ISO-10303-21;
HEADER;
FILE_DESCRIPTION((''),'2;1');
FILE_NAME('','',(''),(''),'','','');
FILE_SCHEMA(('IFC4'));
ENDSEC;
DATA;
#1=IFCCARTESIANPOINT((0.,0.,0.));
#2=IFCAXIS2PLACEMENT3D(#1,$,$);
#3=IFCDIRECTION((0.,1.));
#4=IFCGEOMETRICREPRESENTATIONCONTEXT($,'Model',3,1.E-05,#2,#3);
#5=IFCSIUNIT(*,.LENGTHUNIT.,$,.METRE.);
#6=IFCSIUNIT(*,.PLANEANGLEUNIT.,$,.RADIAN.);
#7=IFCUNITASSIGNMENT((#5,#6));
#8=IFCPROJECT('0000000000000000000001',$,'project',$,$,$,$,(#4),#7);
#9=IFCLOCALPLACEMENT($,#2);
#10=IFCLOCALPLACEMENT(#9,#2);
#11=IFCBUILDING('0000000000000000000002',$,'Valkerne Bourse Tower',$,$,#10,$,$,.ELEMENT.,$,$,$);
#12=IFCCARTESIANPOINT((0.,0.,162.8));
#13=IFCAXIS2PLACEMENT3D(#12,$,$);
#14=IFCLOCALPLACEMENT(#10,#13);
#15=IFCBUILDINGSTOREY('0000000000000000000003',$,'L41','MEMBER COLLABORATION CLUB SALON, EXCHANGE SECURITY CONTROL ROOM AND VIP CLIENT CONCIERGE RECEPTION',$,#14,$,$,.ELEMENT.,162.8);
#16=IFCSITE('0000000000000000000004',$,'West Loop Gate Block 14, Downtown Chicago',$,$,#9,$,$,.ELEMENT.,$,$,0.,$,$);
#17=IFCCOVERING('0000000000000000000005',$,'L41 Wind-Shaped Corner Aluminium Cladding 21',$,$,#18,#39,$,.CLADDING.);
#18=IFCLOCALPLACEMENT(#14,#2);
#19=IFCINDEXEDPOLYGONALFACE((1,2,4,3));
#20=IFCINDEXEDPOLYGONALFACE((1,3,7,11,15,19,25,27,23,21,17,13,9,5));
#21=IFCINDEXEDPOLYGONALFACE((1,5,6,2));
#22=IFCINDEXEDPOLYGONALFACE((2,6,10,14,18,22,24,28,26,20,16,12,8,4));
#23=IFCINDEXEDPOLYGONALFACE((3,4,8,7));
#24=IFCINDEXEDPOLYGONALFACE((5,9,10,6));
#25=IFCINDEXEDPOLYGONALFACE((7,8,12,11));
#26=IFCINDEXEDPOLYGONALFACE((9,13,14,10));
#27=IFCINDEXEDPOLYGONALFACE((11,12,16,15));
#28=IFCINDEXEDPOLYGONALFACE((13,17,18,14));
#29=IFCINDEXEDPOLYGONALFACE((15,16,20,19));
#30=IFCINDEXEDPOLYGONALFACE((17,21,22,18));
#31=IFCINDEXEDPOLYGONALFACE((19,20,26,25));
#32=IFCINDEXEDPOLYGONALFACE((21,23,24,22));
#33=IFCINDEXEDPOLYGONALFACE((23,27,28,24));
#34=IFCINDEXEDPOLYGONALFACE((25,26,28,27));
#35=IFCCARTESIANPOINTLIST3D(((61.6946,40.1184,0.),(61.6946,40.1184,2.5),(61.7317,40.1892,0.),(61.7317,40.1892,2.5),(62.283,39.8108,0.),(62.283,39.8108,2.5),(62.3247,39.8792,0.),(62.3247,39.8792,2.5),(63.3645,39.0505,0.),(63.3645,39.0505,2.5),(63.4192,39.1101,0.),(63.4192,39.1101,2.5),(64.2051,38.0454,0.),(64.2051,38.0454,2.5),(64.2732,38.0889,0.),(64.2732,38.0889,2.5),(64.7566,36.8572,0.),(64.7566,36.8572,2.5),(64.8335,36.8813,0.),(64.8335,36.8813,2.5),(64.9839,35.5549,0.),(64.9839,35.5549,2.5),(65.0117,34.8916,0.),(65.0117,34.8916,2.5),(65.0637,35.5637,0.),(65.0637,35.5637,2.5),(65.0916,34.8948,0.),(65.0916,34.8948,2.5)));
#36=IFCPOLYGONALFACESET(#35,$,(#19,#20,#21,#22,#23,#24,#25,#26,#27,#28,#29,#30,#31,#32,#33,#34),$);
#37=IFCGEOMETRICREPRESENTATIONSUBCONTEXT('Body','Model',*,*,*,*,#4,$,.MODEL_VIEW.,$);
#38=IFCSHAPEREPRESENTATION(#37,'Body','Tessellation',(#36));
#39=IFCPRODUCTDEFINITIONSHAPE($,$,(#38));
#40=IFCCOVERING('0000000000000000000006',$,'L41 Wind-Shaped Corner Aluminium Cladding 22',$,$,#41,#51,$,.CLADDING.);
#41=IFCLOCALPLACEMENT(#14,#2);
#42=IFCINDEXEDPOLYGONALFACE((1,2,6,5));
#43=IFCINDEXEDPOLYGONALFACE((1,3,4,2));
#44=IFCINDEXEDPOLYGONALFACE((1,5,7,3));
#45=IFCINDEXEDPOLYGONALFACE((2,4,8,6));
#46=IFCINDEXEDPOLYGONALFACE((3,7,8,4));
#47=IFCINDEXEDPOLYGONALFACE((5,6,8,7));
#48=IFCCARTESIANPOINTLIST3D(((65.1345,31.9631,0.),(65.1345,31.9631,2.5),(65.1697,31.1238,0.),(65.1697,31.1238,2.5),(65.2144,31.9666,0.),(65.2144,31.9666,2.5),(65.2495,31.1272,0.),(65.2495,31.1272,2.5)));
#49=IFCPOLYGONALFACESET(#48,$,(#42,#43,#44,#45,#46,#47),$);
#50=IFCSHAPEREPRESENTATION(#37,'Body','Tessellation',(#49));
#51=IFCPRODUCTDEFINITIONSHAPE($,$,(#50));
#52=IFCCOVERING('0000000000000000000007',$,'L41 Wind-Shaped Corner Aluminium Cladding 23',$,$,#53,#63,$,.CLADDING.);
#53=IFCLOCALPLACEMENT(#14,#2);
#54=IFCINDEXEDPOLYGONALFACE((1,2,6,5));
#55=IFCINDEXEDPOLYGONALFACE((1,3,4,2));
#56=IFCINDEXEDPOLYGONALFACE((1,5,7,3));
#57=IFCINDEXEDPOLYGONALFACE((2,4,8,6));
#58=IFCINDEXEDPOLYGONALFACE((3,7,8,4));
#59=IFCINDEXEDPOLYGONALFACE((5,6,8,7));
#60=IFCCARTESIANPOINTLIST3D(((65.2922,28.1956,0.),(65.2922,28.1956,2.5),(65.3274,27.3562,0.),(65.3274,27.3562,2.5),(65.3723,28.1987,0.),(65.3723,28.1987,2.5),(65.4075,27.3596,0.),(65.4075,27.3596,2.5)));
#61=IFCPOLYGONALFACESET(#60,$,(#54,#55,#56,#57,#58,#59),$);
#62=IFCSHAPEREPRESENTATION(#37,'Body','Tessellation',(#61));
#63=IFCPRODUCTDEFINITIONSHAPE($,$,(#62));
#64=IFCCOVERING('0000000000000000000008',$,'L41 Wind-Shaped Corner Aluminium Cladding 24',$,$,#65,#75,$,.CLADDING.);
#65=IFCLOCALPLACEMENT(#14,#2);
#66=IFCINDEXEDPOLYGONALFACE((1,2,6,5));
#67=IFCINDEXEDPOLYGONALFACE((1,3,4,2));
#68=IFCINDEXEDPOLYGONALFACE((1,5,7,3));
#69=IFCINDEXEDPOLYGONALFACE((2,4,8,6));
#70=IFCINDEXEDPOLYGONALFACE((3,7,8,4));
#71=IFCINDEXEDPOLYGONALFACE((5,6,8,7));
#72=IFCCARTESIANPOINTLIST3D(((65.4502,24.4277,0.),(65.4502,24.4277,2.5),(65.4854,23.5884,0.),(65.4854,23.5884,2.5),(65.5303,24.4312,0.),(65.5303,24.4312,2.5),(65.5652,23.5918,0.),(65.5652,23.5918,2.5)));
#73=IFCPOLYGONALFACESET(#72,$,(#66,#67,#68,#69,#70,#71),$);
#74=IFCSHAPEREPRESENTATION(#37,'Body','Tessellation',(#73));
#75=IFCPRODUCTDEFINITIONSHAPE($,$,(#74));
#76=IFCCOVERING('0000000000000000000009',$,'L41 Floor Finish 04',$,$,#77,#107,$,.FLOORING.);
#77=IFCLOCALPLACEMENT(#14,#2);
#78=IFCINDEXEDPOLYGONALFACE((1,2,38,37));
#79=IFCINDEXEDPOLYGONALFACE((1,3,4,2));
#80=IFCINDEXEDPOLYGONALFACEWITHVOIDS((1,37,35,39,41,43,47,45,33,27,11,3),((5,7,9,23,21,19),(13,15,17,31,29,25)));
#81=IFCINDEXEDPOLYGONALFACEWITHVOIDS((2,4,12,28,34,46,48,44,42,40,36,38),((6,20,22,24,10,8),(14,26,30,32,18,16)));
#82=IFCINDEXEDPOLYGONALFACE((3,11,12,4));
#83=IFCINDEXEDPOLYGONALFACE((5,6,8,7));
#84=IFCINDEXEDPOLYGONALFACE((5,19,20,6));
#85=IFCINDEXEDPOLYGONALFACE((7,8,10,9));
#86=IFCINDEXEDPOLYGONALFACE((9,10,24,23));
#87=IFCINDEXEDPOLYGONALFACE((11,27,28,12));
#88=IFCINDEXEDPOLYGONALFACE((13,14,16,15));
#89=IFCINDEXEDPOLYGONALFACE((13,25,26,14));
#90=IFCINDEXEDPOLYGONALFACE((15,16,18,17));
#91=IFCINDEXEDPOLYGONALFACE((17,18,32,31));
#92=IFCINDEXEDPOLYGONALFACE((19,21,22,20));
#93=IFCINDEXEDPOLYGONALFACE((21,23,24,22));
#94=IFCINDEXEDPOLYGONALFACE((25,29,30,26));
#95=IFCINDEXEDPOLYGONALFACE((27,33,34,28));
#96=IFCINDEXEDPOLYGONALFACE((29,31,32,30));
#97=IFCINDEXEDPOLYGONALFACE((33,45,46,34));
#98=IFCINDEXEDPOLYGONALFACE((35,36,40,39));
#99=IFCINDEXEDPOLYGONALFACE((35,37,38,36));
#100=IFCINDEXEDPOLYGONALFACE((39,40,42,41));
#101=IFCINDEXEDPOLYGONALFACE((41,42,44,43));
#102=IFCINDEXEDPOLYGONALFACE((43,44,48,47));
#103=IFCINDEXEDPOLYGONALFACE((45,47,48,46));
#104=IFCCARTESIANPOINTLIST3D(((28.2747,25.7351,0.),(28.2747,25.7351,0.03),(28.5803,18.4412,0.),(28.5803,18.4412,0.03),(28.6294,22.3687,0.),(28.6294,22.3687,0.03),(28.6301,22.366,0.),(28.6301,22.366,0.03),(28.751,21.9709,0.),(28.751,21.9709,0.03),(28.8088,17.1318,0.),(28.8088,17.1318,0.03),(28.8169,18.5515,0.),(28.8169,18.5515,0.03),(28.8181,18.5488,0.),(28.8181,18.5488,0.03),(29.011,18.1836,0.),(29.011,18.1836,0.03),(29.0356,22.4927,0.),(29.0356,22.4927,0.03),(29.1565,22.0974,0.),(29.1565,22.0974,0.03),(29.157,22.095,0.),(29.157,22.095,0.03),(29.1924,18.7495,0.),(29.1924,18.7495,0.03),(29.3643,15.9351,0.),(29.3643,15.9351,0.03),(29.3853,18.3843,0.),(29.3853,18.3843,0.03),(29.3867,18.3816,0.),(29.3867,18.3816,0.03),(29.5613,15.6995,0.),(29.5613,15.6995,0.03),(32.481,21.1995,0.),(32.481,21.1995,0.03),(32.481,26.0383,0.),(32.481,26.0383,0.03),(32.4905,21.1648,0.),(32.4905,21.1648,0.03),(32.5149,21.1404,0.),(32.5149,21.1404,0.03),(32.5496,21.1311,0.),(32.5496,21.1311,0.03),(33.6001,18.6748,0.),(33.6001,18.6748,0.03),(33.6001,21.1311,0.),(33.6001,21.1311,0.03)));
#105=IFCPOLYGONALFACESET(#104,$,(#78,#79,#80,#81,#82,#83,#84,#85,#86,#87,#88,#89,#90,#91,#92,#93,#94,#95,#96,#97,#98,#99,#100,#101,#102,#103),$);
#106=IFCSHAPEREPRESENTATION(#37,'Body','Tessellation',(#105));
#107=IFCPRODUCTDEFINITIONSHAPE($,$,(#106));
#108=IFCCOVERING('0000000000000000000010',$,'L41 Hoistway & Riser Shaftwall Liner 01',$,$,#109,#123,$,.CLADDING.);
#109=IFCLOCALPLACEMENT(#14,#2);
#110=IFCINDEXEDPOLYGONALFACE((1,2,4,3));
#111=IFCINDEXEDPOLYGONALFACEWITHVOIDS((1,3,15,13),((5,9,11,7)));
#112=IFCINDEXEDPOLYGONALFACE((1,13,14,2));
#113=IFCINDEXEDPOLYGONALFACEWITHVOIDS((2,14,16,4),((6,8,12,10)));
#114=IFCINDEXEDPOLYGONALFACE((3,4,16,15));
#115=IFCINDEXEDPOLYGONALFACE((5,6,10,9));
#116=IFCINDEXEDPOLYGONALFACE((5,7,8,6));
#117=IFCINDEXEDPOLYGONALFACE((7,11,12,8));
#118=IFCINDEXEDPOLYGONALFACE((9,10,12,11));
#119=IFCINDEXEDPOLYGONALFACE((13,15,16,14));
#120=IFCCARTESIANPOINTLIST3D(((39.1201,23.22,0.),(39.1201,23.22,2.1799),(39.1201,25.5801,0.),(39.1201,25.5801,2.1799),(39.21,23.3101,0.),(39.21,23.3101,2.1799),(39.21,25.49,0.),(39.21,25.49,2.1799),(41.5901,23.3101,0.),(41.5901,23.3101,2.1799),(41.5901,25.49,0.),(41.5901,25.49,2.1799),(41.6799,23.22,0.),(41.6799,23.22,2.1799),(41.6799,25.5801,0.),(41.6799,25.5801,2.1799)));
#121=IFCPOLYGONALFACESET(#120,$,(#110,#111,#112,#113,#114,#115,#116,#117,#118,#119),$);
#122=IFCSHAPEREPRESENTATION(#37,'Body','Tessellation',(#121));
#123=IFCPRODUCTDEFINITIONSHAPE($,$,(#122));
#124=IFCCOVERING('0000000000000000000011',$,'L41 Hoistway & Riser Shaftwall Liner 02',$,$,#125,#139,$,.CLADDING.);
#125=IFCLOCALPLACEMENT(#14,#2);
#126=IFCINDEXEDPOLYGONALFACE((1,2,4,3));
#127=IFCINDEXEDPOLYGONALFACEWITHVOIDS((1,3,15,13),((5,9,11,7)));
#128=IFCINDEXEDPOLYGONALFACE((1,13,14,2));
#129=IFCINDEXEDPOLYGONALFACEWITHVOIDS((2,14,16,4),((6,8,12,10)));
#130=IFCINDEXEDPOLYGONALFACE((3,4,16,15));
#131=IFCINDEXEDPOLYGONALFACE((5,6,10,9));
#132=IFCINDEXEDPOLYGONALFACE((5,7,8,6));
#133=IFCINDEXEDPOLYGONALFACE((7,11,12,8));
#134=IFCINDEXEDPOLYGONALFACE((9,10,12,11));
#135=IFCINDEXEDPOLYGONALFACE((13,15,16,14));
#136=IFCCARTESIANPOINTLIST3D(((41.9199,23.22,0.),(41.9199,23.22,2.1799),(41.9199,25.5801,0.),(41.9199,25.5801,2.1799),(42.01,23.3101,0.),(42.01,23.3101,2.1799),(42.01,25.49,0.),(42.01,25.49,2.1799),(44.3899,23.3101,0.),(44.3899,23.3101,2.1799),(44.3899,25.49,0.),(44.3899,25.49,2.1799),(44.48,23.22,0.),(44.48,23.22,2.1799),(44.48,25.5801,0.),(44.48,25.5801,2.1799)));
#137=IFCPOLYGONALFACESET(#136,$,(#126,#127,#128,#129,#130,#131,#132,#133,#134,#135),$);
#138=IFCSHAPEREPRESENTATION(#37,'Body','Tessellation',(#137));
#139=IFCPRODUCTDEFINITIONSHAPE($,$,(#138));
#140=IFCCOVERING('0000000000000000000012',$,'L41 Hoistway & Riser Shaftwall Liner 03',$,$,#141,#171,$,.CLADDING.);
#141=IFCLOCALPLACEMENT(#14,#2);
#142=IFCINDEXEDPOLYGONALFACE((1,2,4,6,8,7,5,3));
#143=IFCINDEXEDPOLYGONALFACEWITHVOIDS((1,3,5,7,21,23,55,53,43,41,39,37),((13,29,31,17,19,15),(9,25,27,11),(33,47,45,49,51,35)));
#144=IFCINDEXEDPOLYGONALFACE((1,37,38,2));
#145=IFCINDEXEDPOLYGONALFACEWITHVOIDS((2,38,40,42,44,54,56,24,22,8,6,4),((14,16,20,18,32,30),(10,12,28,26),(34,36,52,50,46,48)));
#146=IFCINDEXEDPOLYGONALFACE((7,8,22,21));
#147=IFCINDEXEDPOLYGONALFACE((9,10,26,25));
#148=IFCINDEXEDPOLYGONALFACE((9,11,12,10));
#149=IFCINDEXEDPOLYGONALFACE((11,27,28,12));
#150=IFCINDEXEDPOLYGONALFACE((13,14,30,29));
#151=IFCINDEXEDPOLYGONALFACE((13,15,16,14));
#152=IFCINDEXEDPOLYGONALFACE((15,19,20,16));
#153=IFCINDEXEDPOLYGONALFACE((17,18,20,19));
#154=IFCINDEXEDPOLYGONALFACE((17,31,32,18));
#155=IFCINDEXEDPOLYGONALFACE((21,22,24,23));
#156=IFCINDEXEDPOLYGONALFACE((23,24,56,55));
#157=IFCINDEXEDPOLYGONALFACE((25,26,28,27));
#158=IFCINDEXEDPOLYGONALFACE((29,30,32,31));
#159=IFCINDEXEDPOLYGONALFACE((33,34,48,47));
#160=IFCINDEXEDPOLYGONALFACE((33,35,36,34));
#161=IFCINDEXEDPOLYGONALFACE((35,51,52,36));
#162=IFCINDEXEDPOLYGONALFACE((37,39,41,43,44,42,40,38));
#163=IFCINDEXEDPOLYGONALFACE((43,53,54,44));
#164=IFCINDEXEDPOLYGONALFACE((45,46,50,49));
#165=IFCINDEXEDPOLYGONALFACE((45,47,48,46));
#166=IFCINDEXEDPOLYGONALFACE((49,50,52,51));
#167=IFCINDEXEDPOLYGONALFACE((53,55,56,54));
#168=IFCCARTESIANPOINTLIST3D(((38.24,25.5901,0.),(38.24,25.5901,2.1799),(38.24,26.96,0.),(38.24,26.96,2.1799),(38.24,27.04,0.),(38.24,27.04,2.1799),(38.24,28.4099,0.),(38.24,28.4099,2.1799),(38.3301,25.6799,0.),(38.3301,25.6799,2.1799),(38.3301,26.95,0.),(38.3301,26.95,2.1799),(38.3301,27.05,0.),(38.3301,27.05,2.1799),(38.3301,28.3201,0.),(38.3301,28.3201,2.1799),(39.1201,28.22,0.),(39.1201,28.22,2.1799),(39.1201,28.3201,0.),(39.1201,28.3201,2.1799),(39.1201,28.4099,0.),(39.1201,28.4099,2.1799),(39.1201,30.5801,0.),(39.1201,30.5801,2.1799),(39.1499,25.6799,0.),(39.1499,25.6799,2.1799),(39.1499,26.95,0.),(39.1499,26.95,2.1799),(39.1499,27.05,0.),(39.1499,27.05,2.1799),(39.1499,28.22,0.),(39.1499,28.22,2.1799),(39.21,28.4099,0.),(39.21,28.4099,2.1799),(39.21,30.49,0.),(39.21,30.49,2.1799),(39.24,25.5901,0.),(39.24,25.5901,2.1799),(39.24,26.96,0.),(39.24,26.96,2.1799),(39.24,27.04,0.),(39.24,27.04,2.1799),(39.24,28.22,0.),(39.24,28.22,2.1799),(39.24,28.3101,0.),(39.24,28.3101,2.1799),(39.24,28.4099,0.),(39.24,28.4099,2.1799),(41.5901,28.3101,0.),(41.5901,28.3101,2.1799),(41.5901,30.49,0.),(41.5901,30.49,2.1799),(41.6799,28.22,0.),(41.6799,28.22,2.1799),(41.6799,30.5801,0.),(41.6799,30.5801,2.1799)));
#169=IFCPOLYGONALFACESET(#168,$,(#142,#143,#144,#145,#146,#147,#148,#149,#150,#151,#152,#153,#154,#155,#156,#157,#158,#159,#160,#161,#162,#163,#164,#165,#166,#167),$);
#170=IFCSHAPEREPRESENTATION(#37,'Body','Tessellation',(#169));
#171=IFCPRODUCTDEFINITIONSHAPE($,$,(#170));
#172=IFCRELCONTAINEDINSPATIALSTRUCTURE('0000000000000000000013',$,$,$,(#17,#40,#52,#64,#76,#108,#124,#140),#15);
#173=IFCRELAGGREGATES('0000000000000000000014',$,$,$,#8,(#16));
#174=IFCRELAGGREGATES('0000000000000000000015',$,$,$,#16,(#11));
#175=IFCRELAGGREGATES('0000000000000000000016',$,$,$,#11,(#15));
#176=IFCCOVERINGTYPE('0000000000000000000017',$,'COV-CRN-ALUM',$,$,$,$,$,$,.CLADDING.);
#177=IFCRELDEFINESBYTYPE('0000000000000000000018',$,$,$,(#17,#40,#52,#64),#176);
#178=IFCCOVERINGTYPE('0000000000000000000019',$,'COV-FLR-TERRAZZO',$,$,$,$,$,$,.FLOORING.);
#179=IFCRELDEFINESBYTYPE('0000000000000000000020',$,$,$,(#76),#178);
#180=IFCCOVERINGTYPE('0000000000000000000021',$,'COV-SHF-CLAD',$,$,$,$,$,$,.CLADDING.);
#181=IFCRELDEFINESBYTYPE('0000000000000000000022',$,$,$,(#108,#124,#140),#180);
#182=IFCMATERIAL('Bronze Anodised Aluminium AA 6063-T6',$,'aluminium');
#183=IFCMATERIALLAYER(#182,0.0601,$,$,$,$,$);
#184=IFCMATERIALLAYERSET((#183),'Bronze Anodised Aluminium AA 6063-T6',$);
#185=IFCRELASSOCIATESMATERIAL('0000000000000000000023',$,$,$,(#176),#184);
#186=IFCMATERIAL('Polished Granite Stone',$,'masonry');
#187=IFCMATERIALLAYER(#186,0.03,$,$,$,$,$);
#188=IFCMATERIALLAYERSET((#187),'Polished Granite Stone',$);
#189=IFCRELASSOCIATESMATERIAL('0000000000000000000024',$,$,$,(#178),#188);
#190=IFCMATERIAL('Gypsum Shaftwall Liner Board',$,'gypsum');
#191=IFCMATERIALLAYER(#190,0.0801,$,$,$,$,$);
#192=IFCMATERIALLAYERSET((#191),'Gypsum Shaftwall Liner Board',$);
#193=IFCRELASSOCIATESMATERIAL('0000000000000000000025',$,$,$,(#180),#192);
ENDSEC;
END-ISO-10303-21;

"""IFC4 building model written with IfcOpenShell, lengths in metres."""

from ifc_helpers import new_model, si_unit, direction, frame, origin, place, context, subcontext, project, spatial, polyline, outline, extrude, material, layer, layer_set, type_object, element, save


model = new_model("IFC4")

# Units and contexts
model_context = context("Model", 3, precision=1e-05, world=origin(), true_north=direction((0.0, 1.0)))
body_context = subcontext(model_context, "Body", "Model", "MODEL_VIEW")
ifc_project = project(units=[si_unit("LENGTHUNIT", "METRE"), si_unit("PLANEANGLEUNIT", "RADIAN")], contexts=[model_context])

# Site, building, storey
site_placement = place(None, origin())
site = spatial("IfcSite", under=ifc_project, at=site_placement, Name="West Loop Gate Block 14, Downtown Chicago", CompositionType="ELEMENT", RefElevation=0.0)
building_placement = place(site_placement, origin())
building = spatial("IfcBuilding", under=site, at=building_placement, Name="Valkerne Bourse Tower", CompositionType="ELEMENT")
storey_placement = place(building_placement, frame((0.0, 0.0, 162.8)))
storey = spatial("IfcBuildingStorey", under=building, at=storey_placement, Name="L41", Description="MEMBER COLLABORATION CLUB SALON, EXCHANGE SECURITY CONTROL ROOM AND VIP CLIENT CONCIERGE RECEPTION", CompositionType="ELEMENT", Elevation=162.8)

# Coverings
ifc_material_1 = material(Name="Bronze Anodised Aluminium AA 6063-T6", Category="aluminium")
ifc_layer_1 = layer(ifc_material_1, 0.0601)
ifc_layer_set_1 = layer_set([ifc_layer_1], Name="Bronze Anodised Aluminium AA 6063-T6")
covering_type_1 = type_object("IfcCoveringType", Name="COV-CRN-ALUM", PredefinedType="CLADDING", material=ifc_layer_set_1)
covering_1_placement = place(storey_placement, origin())
element("IfcCovering", 1, at=covering_1_placement, inside=storey, type_object=covering_type_1, Name="L41 Wind-Shaped Corner Aluminium Cladding 21", PredefinedType="CLADDING", context=body_context, shape_type="SweptSolid", body=[
    extrude(outline(polyline([(62.3247, 39.8792), (63.4192, 39.1101), (64.2732, 38.0889), (64.8335, 36.8813), (65.0637, 35.5637), (65.0916, 34.8948), (65.0117, 34.8916), (64.9839, 35.5549), (64.7566, 36.8572), (64.2051, 38.0454), (63.3645, 39.0505), (62.283, 39.8108), (61.6946, 40.1184), (61.7317, 40.1892), (62.3247, 39.8792)])), origin(), (0.0, 0.0, 1.0), 2.5),
])
covering_2_placement = place(storey_placement, origin())
element("IfcCovering", 2, at=covering_2_placement, inside=storey, type_object=covering_type_1, Name="L41 Wind-Shaped Corner Aluminium Cladding 22", PredefinedType="CLADDING", context=body_context, shape_type="SweptSolid", body=[
    extrude(outline(polyline([(65.2495, 31.1272), (65.1697, 31.1238), (65.1345, 31.9631), (65.2144, 31.9666), (65.2495, 31.1272)])), origin(), (0.0, 0.0, 1.0), 2.5),
])
covering_3_placement = place(storey_placement, origin())
element("IfcCovering", 3, at=covering_3_placement, inside=storey, type_object=covering_type_1, Name="L41 Wind-Shaped Corner Aluminium Cladding 23", PredefinedType="CLADDING", context=body_context, shape_type="SweptSolid", body=[
    extrude(outline(polyline([(65.4075, 27.3596), (65.3274, 27.3562), (65.2922, 28.1956), (65.3723, 28.1987), (65.4075, 27.3596)])), origin(), (0.0, 0.0, 1.0), 2.5),
])
covering_4_placement = place(storey_placement, origin())
element("IfcCovering", 4, at=covering_4_placement, inside=storey, type_object=covering_type_1, Name="L41 Wind-Shaped Corner Aluminium Cladding 24", PredefinedType="CLADDING", context=body_context, shape_type="SweptSolid", body=[
    extrude(outline(polyline([(65.5652, 23.5918), (65.4854, 23.5884), (65.4502, 24.4277), (65.5303, 24.4312), (65.5652, 23.5918)])), origin(), (0.0, 0.0, 1.0), 2.5),
])
ifc_material_2 = material(Name="Polished Granite Stone", Category="masonry")
ifc_layer_2 = layer(ifc_material_2, 0.03)
ifc_layer_set_2 = layer_set([ifc_layer_2], Name="Polished Granite Stone")
covering_type_2 = type_object("IfcCoveringType", Name="COV-FLR-TERRAZZO", PredefinedType="FLOORING", material=ifc_layer_set_2)
covering_5_placement = place(storey_placement, origin())
element("IfcCovering", 5, at=covering_5_placement, inside=storey, type_object=covering_type_2, Name="L41 Floor Finish 04", PredefinedType="FLOORING", context=body_context, shape_type="SweptSolid", body=[
    extrude(outline(polyline([(28.5803, 18.4412), (28.2747, 25.7351), (32.481, 26.0383), (32.481, 21.1995), (32.4905, 21.1648), (32.5149, 21.1404), (32.5496, 21.1311), (33.6001, 21.1311), (33.6001, 18.6748), (29.5613, 15.6995), (29.3643, 15.9351), (28.8088, 17.1318), (28.5803, 18.4412)]), holes=[polyline([(29.3867, 18.3816), (29.3853, 18.3843), (29.1924, 18.7495), (28.8169, 18.5515), (28.8181, 18.5488), (29.011, 18.1836), (29.3867, 18.3816)]), polyline([(29.1565, 22.0974), (29.0356, 22.4927), (28.6294, 22.3687), (28.6301, 22.366), (28.751, 21.9709), (29.157, 22.095), (29.1565, 22.0974)])]), origin(), (0.0, 0.0, 1.0), 0.03),
])
ifc_material_3 = material(Name="Gypsum Shaftwall Liner Board", Category="gypsum")
ifc_layer_3 = layer(ifc_material_3, 0.0801)
ifc_layer_set_3 = layer_set([ifc_layer_3], Name="Gypsum Shaftwall Liner Board")
covering_type_3 = type_object("IfcCoveringType", Name="COV-SHF-CLAD", PredefinedType="CLADDING", material=ifc_layer_set_3)
covering_6_placement = place(storey_placement, origin())
element("IfcCovering", 6, at=covering_6_placement, inside=storey, type_object=covering_type_3, Name="L41 Hoistway & Riser Shaftwall Liner 01", PredefinedType="CLADDING", context=body_context, shape_type="SweptSolid", body=[
    extrude(outline(polyline([(41.6799, 25.5801), (41.6799, 23.22), (39.1201, 23.22), (39.1201, 25.5801), (41.6799, 25.5801)]), holes=[polyline([(41.5901, 25.49), (39.21, 25.49), (39.21, 23.3101), (41.5901, 23.3101), (41.5901, 25.49)])]), origin(), (0.0, 0.0, 1.0), 2.1799),
])
covering_7_placement = place(storey_placement, origin())
element("IfcCovering", 7, at=covering_7_placement, inside=storey, type_object=covering_type_3, Name="L41 Hoistway & Riser Shaftwall Liner 02", PredefinedType="CLADDING", context=body_context, shape_type="SweptSolid", body=[
    extrude(outline(polyline([(44.48, 23.22), (41.9199, 23.22), (41.9199, 25.5801), (44.48, 25.5801), (44.48, 23.22)]), holes=[polyline([(42.01, 25.49), (42.01, 23.3101), (44.3899, 23.3101), (44.3899, 25.49), (42.01, 25.49)])]), origin(), (0.0, 0.0, 1.0), 2.1799),
])
covering_8_placement = place(storey_placement, origin())
element("IfcCovering", 8, at=covering_8_placement, inside=storey, type_object=covering_type_3, Name="L41 Hoistway & Riser Shaftwall Liner 03", PredefinedType="CLADDING", context=body_context, shape_type="SweptSolid", body=[
    extrude(outline(polyline([(38.24, 28.4099), (39.1201, 28.4099), (39.1201, 30.5801), (41.6799, 30.5801), (41.6799, 28.22), (39.24, 28.22), (39.24, 27.04), (39.24, 26.96), (39.24, 25.5901), (38.24, 25.5901), (38.24, 26.96), (38.24, 27.04), (38.24, 28.4099)]), holes=[polyline([(38.3301, 26.95), (38.3301, 25.6799), (39.1499, 25.6799), (39.1499, 26.95), (38.3301, 26.95)]), polyline([(39.21, 30.49), (39.21, 28.4099), (39.24, 28.4099), (39.24, 28.3101), (41.5901, 28.3101), (41.5901, 30.49), (39.21, 30.49)]), polyline([(38.3301, 27.05), (39.1499, 27.05), (39.1499, 28.22), (39.1201, 28.22), (39.1201, 28.3201), (38.3301, 28.3201), (38.3301, 27.05)])]), origin(), (0.0, 0.0, 1.0), 2.1799),
])

save(model, "model.ifc")
